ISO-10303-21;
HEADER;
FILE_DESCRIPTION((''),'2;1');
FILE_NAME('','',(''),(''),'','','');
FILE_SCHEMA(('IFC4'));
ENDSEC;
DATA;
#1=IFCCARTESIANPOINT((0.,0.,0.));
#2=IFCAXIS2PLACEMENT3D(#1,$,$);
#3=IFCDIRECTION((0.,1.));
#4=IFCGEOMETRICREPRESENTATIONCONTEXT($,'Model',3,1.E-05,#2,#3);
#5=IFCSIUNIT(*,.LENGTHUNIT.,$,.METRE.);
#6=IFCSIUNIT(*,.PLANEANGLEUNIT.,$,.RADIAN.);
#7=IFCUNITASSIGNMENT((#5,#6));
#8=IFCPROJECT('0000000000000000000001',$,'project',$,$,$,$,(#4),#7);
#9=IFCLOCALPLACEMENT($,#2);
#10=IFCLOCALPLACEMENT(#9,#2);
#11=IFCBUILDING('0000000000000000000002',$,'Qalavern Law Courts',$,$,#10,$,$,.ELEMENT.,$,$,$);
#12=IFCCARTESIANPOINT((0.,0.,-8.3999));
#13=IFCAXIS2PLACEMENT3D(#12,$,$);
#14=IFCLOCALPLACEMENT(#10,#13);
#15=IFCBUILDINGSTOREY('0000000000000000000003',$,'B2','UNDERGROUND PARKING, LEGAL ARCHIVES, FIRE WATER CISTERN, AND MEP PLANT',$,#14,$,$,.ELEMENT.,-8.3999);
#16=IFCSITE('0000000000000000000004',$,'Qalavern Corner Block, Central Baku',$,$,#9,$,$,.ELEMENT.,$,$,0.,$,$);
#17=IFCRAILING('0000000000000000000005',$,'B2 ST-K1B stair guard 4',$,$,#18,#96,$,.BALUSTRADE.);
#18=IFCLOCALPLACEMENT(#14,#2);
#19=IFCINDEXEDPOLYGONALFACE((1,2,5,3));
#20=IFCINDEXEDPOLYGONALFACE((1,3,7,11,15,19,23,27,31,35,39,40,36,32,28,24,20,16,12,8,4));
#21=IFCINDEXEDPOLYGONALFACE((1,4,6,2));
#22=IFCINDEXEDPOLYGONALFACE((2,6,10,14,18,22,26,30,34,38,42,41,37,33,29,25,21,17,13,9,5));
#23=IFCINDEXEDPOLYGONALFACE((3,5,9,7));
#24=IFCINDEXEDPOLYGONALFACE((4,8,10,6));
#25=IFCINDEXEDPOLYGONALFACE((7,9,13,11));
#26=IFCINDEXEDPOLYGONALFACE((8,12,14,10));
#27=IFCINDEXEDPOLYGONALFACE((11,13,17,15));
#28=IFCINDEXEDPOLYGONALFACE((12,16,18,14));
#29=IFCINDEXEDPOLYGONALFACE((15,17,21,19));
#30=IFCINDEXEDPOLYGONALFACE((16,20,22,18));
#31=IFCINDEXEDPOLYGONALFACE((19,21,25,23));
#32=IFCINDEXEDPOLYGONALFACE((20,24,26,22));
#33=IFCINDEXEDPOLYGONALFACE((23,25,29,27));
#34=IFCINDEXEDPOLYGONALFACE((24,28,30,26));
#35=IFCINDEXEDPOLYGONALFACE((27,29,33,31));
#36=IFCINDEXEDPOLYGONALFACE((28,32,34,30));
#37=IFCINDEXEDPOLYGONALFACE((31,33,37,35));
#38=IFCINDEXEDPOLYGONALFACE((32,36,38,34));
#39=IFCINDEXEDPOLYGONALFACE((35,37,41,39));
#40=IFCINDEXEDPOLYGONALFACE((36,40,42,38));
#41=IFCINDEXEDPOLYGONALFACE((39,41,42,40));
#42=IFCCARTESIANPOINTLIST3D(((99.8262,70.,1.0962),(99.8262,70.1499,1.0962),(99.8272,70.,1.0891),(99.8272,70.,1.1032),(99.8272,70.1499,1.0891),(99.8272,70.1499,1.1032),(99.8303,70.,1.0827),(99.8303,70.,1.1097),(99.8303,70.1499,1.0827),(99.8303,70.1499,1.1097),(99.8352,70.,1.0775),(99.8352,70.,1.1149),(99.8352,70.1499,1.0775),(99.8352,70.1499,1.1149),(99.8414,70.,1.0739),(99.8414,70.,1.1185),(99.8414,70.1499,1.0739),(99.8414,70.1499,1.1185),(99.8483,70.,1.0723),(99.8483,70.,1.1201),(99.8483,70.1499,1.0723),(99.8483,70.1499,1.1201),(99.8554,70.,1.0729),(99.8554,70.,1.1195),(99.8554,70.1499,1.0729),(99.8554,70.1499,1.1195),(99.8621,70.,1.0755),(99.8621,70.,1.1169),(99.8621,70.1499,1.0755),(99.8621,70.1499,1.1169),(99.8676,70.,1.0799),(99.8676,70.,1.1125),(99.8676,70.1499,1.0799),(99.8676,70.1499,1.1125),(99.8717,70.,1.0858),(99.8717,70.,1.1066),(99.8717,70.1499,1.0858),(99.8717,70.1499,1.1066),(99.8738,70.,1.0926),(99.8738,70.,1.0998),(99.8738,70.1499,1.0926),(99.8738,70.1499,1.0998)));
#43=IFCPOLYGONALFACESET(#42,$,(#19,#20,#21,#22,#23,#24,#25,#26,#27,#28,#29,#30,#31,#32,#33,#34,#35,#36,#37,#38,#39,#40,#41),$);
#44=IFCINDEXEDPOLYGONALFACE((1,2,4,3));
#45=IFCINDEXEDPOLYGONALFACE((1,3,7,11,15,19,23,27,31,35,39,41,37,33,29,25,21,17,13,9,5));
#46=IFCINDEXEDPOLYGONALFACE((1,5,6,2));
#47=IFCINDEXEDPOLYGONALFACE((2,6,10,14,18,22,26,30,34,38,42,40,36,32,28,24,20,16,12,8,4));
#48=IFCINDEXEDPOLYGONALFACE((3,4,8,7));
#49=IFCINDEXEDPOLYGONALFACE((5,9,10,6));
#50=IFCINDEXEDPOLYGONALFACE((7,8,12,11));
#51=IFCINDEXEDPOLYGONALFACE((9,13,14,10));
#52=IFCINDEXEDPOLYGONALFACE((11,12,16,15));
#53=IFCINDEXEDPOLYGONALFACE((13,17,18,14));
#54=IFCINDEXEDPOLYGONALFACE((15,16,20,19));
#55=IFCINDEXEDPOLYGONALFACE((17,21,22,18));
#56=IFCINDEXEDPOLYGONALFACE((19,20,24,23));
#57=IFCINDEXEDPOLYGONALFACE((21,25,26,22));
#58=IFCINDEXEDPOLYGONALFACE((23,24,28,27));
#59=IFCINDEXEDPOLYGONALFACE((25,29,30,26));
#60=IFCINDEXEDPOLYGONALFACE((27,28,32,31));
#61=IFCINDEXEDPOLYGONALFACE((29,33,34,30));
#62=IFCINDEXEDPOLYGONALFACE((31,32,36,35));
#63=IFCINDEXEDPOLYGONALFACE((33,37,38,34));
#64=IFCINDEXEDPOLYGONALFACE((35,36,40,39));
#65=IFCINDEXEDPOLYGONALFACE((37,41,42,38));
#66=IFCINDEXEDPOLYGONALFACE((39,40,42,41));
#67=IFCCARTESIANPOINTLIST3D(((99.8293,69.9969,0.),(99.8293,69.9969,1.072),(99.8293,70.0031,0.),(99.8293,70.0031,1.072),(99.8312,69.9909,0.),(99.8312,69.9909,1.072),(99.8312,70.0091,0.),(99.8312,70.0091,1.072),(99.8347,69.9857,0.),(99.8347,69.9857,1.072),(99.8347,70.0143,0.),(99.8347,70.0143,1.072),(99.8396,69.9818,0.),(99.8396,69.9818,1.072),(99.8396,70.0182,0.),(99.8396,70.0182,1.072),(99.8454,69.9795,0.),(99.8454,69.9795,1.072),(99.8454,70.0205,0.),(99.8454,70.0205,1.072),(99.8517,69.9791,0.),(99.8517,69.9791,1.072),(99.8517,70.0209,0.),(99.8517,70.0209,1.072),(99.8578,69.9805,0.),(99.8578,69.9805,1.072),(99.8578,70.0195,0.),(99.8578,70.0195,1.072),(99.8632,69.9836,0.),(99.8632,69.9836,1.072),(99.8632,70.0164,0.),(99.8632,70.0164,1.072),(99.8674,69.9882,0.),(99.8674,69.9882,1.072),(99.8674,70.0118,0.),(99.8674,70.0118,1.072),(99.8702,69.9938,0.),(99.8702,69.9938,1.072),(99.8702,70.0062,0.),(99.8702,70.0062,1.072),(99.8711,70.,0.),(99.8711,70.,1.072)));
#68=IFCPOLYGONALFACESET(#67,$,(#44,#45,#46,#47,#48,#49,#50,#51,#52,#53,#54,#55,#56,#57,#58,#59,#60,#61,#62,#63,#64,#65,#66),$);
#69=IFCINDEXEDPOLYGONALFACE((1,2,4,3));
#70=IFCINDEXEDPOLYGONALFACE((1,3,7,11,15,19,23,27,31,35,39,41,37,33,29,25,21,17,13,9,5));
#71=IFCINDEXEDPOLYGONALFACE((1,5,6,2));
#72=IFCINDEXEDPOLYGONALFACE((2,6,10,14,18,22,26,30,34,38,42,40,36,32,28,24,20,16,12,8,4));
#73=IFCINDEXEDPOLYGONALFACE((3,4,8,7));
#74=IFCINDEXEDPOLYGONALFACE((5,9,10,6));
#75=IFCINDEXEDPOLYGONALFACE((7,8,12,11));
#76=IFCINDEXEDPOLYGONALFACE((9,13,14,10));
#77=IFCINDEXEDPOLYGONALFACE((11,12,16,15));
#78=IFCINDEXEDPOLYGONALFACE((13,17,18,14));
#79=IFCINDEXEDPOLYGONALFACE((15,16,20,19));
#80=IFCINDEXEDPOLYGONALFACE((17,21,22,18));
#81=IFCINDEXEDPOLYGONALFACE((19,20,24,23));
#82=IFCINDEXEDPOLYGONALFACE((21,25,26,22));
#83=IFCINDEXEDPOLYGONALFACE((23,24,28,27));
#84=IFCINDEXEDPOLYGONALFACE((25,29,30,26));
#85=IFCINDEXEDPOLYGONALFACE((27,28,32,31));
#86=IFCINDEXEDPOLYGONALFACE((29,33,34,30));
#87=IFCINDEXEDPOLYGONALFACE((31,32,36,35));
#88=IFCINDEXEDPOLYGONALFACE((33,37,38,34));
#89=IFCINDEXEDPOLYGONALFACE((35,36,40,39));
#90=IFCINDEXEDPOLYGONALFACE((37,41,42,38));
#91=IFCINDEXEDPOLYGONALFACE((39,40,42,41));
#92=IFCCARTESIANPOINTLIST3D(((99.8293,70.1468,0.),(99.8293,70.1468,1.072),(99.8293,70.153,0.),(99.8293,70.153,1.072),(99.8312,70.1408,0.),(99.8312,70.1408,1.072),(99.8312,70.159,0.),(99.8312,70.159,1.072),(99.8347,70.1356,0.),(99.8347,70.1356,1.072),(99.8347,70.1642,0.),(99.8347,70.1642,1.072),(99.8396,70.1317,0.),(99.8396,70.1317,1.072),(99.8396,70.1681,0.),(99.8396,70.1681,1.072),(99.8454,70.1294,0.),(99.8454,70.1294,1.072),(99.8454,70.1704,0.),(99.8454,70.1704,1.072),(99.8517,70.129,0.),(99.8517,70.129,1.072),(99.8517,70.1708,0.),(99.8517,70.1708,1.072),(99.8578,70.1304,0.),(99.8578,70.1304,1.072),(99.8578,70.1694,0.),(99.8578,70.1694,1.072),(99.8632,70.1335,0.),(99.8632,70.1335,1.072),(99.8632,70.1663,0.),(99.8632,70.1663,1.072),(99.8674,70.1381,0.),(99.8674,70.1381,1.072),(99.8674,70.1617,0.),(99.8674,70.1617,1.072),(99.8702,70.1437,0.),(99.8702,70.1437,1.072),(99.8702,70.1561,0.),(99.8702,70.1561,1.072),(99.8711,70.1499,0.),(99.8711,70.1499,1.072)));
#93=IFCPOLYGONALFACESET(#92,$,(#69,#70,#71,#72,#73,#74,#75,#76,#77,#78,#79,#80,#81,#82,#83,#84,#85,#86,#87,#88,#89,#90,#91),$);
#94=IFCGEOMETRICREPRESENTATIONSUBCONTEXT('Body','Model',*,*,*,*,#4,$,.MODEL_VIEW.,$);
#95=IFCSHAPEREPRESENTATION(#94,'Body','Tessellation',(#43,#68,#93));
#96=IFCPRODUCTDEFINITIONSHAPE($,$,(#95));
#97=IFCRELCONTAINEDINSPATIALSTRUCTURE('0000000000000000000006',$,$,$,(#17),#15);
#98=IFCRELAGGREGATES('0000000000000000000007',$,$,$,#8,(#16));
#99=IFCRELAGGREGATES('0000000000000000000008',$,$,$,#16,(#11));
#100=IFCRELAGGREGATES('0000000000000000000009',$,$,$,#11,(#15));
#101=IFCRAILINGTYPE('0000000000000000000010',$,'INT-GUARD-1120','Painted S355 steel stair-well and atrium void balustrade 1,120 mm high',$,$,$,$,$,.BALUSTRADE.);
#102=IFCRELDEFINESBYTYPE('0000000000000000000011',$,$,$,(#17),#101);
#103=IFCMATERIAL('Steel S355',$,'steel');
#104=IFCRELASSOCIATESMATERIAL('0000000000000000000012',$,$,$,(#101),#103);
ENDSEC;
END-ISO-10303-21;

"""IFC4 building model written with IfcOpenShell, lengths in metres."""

from ifc_helpers import new_model, si_unit, direction, frame, origin, origin_2d, place, context, subcontext, project, spatial, circle, extrude, material, type_object, element, save


model = new_model("IFC4")

# Units and contexts
model_context = context("Model", 3, precision=1e-05, world=origin(), true_north=direction((0.0, 1.0)))
body_context = subcontext(model_context, "Body", "Model", "MODEL_VIEW")
ifc_project = project(units=[si_unit("LENGTHUNIT", "METRE"), si_unit("PLANEANGLEUNIT", "RADIAN")], contexts=[model_context])

# Site, building, storey
site_placement = place(None, origin())
site = spatial("IfcSite", under=ifc_project, at=site_placement, Name="Qalavern Corner Block, Central Baku", CompositionType="ELEMENT", RefElevation=0.0)
building_placement = place(site_placement, origin())
building = spatial("IfcBuilding", under=site, at=building_placement, Name="Qalavern Law Courts", CompositionType="ELEMENT")
storey_placement = place(building_placement, frame((0.0, 0.0, -8.3999)))
storey = spatial("IfcBuildingStorey", under=building, at=storey_placement, Name="B2", Description="UNDERGROUND PARKING, LEGAL ARCHIVES, FIRE WATER CISTERN, AND MEP PLANT", CompositionType="ELEMENT", Elevation=-8.3999)

# Railing
ifc_material_1 = material(Name="Steel S355", Category="steel")
railing_type = type_object("IfcRailingType", Name="INT-GUARD-1120", Description="Painted S355 steel stair-well and atrium void balustrade 1,120 mm high", PredefinedType="BALUSTRADE", material=ifc_material_1)
railing_1_placement = place(storey_placement, frame((99.8501, 70.0, 0.0)))
element("IfcRailing", 1, at=railing_1_placement, inside=storey, type_object=railing_type, Name="B2 ST-K1B stair guard 4", PredefinedType="BALUSTRADE", context=body_context, shape_type="SweptSolid", body=[
    extrude(circle(Radius=0.0239, at=origin_2d()), frame((0.0, 0.0, 1.0962), z_axis=(0.0, 1.0, 0.0), x_axis=(-1.0, 0.0, 0.0)), (0.0, 0.0, 1.0), 0.1499),
    extrude(circle(Radius=0.021, at=origin_2d()), origin(), (0.0, 0.0, 1.0), 1.072),
    extrude(circle(Radius=0.021, at=origin_2d()), frame((0.0, 0.1499, 0.0)), (0.0, 0.0, 1.0), 1.072),
])

save(model, "model.ifc")
